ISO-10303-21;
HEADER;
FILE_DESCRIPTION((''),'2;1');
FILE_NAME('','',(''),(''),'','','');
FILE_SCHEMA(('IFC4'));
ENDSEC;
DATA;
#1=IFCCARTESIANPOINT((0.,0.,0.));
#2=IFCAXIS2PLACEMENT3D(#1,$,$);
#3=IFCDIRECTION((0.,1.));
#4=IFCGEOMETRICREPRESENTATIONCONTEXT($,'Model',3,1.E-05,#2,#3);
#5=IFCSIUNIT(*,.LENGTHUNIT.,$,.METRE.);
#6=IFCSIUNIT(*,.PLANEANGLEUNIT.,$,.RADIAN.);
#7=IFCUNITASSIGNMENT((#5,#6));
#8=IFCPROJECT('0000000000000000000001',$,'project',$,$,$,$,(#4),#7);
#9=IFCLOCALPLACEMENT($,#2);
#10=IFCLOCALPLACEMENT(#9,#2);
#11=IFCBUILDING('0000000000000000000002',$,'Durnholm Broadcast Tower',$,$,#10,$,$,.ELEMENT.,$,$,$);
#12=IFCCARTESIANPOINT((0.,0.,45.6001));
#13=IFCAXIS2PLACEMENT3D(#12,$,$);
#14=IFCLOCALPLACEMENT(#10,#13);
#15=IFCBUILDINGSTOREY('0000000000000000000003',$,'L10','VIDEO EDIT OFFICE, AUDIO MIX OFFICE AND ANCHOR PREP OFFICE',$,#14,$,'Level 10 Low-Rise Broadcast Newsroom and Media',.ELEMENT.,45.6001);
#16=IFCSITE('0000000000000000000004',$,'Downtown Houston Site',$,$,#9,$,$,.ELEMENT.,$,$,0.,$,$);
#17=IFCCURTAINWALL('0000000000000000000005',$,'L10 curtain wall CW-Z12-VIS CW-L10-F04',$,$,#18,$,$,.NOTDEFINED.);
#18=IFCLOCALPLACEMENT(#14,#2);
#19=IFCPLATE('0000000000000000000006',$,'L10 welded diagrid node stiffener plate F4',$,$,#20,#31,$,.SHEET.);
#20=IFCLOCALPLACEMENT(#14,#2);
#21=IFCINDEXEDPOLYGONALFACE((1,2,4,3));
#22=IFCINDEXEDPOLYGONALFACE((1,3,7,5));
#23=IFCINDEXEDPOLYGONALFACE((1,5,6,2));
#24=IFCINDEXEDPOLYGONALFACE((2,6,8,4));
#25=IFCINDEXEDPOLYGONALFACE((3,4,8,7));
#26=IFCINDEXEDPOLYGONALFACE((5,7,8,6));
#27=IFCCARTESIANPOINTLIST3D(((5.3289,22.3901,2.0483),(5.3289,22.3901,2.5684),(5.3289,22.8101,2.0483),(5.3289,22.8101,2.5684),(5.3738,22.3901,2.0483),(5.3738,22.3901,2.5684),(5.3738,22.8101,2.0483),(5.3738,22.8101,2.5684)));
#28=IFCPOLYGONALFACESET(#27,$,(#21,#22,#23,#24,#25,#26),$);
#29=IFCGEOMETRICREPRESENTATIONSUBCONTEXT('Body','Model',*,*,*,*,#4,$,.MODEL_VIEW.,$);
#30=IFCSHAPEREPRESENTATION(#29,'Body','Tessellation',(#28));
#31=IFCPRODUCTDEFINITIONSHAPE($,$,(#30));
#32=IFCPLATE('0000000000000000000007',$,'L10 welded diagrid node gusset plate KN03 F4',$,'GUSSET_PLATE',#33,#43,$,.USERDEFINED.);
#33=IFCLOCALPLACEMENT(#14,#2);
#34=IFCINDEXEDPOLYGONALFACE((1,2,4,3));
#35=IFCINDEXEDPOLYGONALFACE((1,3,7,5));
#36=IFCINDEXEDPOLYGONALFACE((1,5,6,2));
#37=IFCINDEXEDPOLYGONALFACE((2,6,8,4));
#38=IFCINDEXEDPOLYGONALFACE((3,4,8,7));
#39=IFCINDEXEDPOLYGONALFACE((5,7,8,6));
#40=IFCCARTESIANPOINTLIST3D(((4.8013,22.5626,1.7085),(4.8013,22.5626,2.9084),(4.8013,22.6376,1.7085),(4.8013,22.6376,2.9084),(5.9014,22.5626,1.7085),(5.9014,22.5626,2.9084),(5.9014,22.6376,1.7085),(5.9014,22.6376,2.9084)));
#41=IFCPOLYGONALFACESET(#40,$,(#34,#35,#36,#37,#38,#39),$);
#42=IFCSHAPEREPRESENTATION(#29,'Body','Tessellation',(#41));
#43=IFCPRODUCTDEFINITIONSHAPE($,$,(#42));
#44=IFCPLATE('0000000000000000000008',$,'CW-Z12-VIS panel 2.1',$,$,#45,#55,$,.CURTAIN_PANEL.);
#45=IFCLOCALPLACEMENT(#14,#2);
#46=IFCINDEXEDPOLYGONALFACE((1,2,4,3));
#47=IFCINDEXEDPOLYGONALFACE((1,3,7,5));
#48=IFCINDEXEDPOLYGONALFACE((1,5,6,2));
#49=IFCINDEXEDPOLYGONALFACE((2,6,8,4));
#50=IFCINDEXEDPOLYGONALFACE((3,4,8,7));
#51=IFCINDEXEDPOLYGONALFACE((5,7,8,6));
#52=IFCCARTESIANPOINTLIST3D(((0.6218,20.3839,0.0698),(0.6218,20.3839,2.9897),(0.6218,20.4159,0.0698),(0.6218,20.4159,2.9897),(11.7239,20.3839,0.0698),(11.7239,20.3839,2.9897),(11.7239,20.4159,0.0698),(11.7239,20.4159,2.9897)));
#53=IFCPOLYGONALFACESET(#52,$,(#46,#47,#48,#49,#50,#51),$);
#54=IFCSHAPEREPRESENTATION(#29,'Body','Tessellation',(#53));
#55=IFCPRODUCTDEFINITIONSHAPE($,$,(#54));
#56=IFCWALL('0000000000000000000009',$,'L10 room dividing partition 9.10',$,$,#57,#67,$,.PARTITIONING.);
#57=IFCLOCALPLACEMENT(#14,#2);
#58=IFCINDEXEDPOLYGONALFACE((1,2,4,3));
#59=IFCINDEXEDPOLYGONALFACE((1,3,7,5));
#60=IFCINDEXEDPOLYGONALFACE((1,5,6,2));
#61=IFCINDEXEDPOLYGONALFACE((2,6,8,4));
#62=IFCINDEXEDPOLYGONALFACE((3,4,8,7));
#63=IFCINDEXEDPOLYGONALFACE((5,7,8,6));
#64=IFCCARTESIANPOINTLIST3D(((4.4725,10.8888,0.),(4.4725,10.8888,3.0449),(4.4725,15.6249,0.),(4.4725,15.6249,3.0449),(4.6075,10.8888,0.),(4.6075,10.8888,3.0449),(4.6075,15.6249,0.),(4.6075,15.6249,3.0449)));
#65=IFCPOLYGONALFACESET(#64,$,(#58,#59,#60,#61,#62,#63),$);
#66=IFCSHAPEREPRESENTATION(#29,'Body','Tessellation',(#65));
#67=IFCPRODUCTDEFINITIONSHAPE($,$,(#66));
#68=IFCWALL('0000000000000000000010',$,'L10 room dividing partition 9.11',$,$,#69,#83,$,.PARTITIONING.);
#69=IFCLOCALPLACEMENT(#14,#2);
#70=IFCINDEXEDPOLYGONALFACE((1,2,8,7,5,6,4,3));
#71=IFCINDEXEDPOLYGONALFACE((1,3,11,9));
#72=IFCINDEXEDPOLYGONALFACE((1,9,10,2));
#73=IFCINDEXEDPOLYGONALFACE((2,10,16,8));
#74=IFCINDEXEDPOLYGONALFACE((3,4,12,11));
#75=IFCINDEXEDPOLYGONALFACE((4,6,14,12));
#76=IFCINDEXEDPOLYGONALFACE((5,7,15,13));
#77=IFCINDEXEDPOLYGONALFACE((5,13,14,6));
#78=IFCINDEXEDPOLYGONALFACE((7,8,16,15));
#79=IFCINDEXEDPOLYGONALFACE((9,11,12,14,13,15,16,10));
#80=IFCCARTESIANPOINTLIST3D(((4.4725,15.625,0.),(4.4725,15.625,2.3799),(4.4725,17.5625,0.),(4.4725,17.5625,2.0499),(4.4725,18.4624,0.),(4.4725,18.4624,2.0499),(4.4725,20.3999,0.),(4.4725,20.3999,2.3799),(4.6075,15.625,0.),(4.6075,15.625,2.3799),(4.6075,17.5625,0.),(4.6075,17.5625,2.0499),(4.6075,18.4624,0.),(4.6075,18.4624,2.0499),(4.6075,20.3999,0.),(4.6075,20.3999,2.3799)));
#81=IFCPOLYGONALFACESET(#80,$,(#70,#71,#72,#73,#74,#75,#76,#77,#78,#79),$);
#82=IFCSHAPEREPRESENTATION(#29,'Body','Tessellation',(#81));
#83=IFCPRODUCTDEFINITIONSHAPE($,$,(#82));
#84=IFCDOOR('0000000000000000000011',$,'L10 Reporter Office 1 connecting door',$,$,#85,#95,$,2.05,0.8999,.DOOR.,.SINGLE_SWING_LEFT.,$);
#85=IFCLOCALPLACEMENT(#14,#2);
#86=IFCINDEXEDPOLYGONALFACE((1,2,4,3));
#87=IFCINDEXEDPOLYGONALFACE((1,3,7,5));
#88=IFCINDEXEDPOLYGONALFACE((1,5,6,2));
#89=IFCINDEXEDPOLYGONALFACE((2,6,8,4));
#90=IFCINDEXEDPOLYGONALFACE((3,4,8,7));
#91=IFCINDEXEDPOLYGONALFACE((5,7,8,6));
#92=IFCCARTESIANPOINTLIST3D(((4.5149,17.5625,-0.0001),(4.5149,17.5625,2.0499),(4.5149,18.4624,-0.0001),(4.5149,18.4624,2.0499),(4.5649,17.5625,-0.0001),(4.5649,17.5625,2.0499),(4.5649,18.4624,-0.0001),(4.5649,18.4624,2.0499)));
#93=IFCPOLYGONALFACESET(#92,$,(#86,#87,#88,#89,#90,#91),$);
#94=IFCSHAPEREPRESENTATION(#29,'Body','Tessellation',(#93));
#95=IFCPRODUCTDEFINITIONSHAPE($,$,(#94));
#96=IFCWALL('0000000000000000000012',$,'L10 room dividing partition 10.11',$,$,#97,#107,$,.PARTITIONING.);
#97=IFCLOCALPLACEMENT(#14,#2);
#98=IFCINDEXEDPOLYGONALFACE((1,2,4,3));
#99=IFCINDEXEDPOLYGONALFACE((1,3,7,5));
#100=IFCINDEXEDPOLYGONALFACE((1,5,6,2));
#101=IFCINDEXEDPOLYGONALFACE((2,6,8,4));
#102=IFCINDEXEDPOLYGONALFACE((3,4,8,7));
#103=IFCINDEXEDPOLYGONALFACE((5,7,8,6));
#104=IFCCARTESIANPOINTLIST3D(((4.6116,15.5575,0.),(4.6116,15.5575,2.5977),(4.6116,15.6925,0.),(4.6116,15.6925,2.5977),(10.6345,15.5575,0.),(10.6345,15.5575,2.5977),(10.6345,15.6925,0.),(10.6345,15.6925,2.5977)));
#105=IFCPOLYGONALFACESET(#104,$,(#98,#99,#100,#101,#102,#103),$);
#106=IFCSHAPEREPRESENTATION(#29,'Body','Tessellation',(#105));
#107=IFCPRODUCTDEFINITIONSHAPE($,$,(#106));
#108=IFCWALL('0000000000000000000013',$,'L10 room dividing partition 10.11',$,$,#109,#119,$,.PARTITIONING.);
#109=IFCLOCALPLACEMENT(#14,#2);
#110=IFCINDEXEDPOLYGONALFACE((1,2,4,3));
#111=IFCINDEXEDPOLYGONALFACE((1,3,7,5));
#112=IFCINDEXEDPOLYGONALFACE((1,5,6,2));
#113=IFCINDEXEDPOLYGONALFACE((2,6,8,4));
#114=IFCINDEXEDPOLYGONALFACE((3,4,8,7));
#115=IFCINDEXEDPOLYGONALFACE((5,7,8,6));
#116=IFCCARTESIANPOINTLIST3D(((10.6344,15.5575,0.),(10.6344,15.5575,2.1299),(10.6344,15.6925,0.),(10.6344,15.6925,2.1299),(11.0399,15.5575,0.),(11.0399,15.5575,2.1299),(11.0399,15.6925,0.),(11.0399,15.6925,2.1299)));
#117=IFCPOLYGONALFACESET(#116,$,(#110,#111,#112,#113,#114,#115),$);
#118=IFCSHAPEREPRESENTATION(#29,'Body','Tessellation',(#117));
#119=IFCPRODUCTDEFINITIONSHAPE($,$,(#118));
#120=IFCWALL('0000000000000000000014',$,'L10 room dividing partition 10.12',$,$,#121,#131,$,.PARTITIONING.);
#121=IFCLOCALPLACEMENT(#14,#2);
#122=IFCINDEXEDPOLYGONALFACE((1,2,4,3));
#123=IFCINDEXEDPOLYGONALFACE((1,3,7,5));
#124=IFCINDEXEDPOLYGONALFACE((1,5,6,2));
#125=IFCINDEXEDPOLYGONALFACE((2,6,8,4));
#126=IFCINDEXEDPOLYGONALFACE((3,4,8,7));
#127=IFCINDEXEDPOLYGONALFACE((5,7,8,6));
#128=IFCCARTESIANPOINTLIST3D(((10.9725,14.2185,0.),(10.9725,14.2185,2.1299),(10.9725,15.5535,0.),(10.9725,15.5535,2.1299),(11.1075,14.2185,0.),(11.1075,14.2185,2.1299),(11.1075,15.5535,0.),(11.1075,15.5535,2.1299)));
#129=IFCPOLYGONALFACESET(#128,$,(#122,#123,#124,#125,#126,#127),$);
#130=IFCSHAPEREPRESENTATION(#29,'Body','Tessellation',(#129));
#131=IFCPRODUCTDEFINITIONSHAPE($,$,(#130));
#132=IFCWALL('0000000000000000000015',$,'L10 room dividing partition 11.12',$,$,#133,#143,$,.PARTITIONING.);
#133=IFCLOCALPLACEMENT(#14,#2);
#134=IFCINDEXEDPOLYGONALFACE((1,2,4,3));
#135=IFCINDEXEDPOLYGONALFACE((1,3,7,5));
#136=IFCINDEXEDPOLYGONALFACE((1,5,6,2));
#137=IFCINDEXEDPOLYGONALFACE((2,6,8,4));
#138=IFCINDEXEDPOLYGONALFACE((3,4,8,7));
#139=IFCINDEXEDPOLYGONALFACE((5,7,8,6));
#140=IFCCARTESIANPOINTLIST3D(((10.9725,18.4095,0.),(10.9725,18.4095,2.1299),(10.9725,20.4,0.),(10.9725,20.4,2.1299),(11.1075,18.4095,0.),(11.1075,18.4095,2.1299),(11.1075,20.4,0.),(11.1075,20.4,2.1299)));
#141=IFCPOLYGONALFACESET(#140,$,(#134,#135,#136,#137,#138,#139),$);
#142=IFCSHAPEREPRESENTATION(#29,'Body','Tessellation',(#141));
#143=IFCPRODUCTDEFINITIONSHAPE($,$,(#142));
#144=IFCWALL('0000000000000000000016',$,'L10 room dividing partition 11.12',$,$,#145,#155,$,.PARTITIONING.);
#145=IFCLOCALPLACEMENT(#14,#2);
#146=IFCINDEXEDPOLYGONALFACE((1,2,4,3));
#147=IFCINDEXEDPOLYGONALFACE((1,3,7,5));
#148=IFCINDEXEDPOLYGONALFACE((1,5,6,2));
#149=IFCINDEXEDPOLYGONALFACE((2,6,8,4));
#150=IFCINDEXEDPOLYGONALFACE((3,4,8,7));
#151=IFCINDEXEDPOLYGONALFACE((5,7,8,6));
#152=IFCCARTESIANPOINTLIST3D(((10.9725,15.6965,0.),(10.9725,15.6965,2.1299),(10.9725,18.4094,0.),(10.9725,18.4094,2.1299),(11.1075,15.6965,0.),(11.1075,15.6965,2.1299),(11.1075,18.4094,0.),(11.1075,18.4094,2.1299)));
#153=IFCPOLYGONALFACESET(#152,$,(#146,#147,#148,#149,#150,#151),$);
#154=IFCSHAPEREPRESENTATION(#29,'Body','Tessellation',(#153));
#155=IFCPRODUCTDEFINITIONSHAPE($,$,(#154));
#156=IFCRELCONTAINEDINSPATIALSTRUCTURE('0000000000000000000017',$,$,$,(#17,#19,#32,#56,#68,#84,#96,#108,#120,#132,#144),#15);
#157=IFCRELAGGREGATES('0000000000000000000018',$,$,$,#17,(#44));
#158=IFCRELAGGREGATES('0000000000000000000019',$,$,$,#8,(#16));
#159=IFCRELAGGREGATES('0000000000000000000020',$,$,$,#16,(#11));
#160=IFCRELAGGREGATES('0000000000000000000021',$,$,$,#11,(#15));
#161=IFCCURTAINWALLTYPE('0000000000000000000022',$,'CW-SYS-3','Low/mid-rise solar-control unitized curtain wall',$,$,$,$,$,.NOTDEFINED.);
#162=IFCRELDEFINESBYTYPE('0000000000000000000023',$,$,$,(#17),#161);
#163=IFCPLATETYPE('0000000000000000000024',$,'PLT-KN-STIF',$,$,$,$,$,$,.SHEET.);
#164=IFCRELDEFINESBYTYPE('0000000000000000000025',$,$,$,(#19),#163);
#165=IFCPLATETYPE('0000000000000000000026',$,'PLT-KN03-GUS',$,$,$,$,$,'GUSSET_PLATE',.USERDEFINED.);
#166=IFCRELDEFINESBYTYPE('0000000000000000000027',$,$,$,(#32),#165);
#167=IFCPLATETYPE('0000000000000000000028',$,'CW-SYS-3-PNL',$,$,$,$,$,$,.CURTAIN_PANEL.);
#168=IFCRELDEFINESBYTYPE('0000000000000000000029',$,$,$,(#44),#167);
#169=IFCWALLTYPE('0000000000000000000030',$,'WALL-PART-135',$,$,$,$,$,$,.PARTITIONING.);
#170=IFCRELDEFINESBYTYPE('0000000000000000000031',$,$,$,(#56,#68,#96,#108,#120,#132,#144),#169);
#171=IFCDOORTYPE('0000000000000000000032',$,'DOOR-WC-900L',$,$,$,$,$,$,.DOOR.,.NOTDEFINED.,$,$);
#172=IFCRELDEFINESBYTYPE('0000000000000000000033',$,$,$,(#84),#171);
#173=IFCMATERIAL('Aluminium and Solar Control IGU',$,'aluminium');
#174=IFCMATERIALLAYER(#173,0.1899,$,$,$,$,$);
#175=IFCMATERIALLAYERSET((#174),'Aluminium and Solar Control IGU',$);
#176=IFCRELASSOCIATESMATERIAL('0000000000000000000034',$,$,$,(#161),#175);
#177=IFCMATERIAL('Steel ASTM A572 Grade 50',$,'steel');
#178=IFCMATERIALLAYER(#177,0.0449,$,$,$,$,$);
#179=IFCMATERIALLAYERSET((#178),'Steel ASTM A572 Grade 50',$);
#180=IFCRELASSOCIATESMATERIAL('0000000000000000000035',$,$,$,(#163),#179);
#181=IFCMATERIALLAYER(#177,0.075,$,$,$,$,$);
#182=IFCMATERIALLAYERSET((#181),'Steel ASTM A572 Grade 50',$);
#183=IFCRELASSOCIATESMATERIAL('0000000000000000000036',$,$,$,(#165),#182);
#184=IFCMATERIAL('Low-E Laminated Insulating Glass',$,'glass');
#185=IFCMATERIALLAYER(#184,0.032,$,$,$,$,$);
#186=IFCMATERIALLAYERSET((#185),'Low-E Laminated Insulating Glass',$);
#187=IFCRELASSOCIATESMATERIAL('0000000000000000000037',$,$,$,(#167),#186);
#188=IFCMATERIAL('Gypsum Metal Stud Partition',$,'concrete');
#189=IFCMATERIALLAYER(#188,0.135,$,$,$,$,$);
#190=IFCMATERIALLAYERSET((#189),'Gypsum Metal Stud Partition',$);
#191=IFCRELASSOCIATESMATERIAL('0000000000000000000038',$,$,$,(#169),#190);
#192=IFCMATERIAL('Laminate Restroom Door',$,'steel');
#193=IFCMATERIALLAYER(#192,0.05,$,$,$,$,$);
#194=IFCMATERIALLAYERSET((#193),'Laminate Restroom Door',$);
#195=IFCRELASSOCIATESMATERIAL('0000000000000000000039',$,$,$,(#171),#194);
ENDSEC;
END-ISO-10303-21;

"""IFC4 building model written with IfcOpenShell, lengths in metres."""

from ifc_helpers import new_model, si_unit, direction, frame, frame_2d, origin, origin_2d, place, context, subcontext, project, spatial, rectangle, extrude, source, transform, mapped, material, layer, layer_set, type_object, type_shapes, element, fill, aggregate, save


model = new_model("IFC4")

# Units and contexts
model_context = context("Model", 3, precision=1e-05, world=origin(), true_north=direction((0.0, 1.0)))
body_context = subcontext(model_context, "Body", "Model", "MODEL_VIEW")
ifc_project = project(units=[si_unit("LENGTHUNIT", "METRE"), si_unit("PLANEANGLEUNIT", "RADIAN")], contexts=[model_context])

# Site, building, storey
site_placement = place(None, origin())
site = spatial("IfcSite", under=ifc_project, at=site_placement, Name="Downtown Houston Site", CompositionType="ELEMENT", RefElevation=0.0)
building_placement = place(site_placement, origin())
building = spatial("IfcBuilding", under=site, at=building_placement, Name="Durnholm Broadcast Tower", CompositionType="ELEMENT")
storey_placement = place(building_placement, frame((0.0, 0.0, 45.6001)))
storey = spatial("IfcBuildingStorey", under=building, at=storey_placement, Name="L10", Description="VIDEO EDIT OFFICE, AUDIO MIX OFFICE AND ANCHOR PREP OFFICE", LongName="Level 10 Low-Rise Broadcast Newsroom and Media", CompositionType="ELEMENT", Elevation=45.6001)

# Shared definitions
ifc_material_1 = material(Name="Aluminium and Solar Control IGU", Category="aluminium")

# Curtain wall
ifc_layer_1 = layer(ifc_material_1, 0.1899)
ifc_layer_set_1 = layer_set([ifc_layer_1], Name="Aluminium and Solar Control IGU")
curtain_wall_type_1 = type_object("IfcCurtainWallType", Name="CW-SYS-3", Description="Low/mid-rise solar-control unitized curtain wall", PredefinedType="NOTDEFINED", material=ifc_layer_set_1)
curtain_wall_1_placement = place(storey_placement, origin())
curtain_wall_1 = element("IfcCurtainWall", 1, at=curtain_wall_1_placement, inside=storey, type_object=curtain_wall_type_1, Name="L10 curtain wall CW-Z12-VIS CW-L10-F04", PredefinedType="NOTDEFINED")

# Plates
ifc_material_2 = material(Name="Steel ASTM A572 Grade 50", Category="steel")
ifc_layer_2 = layer(ifc_material_2, 0.0449)
ifc_layer_set_2 = layer_set([ifc_layer_2], Name="Steel ASTM A572 Grade 50")
plate_type_1 = type_object("IfcPlateType", Name="PLT-KN-STIF", PredefinedType="SHEET", material=ifc_layer_set_2)
shared_shape_1 = source(origin(), body_context, "Body", "SweptSolid", [
    extrude(rectangle(XDim=0.0449, YDim=0.4199, at=origin_2d()), origin(), (0.0, 0.0, 1.0), 0.52),
])
type_shapes(plate_type_1, [shared_shape_1])
plate_1_placement = place(storey_placement, frame((5.3513, 22.6001, 2.0483), z_axis=(0.0, 0.0, 1.0), x_axis=(-1.0, 0.0, 0.0)))
element("IfcPlate", 2, at=plate_1_placement, inside=storey, type_object=plate_type_1, Name="L10 welded diagrid node stiffener plate F4", PredefinedType="SHEET", context=body_context, shape_type="MappedRepresentation", body=[
    mapped(shared_shape_1, transform((0.0, 0.0, 0.0), x_axis=(1.0, 0.0, 0.0), y_axis=(0.0, 1.0, 0.0), z_axis=(0.0, 0.0, 1.0), scale=1.0)),
])
ifc_layer_3 = layer(ifc_material_2, 0.075)
ifc_layer_set_3 = layer_set([ifc_layer_3], Name="Steel ASTM A572 Grade 50")
plate_type_2 = type_object("IfcPlateType", Name="PLT-KN03-GUS", ElementType="GUSSET_PLATE", PredefinedType="USERDEFINED", material=ifc_layer_set_3)
shared_shape_2 = source(origin(), body_context, "Body", "SweptSolid", [
    extrude(rectangle(XDim=1.1001, YDim=0.075, at=origin_2d()), origin(), (0.0, 0.0, 1.0), 1.2),
])
type_shapes(plate_type_2, [shared_shape_2])
plate_2_placement = place(storey_placement, frame((5.3513, 22.6001, 1.7085), z_axis=(0.0, 0.0, 1.0), x_axis=(-1.0, 0.0, 0.0)))
element("IfcPlate", 3, at=plate_2_placement, inside=storey, type_object=plate_type_2, Name="L10 welded diagrid node gusset plate KN03 F4", ObjectType="GUSSET_PLATE", PredefinedType="USERDEFINED", context=body_context, shape_type="MappedRepresentation", body=[
    mapped(shared_shape_2, transform((0.0, 0.0, 0.0), x_axis=(1.0, 0.0, 0.0), y_axis=(0.0, 1.0, 0.0), z_axis=(0.0, 0.0, 1.0), scale=1.0)),
])

# Plate
ifc_material_3 = material(Name="Low-E Laminated Insulating Glass", Category="glass")
ifc_layer_4 = layer(ifc_material_3, 0.032)
ifc_layer_set_4 = layer_set([ifc_layer_4], Name="Low-E Laminated Insulating Glass")
plate_type_3 = type_object("IfcPlateType", Name="CW-SYS-3-PNL", PredefinedType="CURTAIN_PANEL", material=ifc_layer_set_4)
shared_shape_3 = source(origin(), body_context, "Body", "SweptSolid", [
    extrude(rectangle(XDim=11.1021, YDim=0.032, at=origin_2d()), origin(), (0.0, 0.0, 1.0), 2.9199),
])
type_shapes(plate_type_3, [shared_shape_3])
plate_3_placement = place(storey_placement, frame((6.1729, 20.3999, 0.0698), z_axis=(0.0, 0.0, 1.0), x_axis=(1.0, 0.0, 0.0)))
plate_3 = element("IfcPlate", 4, at=plate_3_placement, type_object=plate_type_3, Name="CW-Z12-VIS panel 2.1", PredefinedType="CURTAIN_PANEL", context=body_context, shape_type="MappedRepresentation", body=[
    mapped(shared_shape_3, transform((0.0, 0.0, 0.0), x_axis=(1.0, 0.0, 0.0), y_axis=(0.0, 1.0, 0.0), z_axis=(0.0, 0.0, 1.0), scale=1.0)),
])
aggregate(curtain_wall_1, [plate_3])

# Wall
ifc_material_4 = material(Name="Gypsum Metal Stud Partition", Category="concrete")
ifc_layer_5 = layer(ifc_material_4, 0.135)
ifc_layer_set_5 = layer_set([ifc_layer_5], Name="Gypsum Metal Stud Partition")
wall_type = type_object("IfcWallType", Name="WALL-PART-135", PredefinedType="PARTITIONING", material=ifc_layer_set_5)
wall_1_placement = place(storey_placement, frame((4.54, 15.625, 0.0), z_axis=(0.0, 0.0, 1.0), x_axis=(0.0, -1.0, 0.0)))
element("IfcWall", 5, at=wall_1_placement, inside=storey, type_object=wall_type, Name="L10 room dividing partition 9.10", PredefinedType="PARTITIONING", context=body_context, shape_type="SweptSolid", body=[
    extrude(rectangle(XDim=4.7361, YDim=0.135, at=frame_2d((2.3682, 0.0))), origin(), (0.0, 0.0, 1.0), 3.0449),
])

# Wall, opening, door
wall_2_placement = place(storey_placement, frame((4.54, 20.3999, 0.0), z_axis=(0.0, 0.0, 1.0), x_axis=(0.0, -1.0, 0.0)))
wall_2 = element("IfcWall", 6, at=wall_2_placement, inside=storey, type_object=wall_type, Name="L10 room dividing partition 9.11", PredefinedType="PARTITIONING", context=body_context, shape_type="SweptSolid", body=[
    extrude(rectangle(XDim=4.7749, YDim=0.135, at=frame_2d((2.3875, 0.0))), origin(), (0.0, 0.0, 1.0), 2.3799),
])
opening_placement = place(wall_2_placement, frame((1.9375, 0.0, 0.0)))
opening = element("IfcOpeningElement", 7, at=opening_placement, cuts=wall_2, PredefinedType="OPENING", context=body_context, shape_type="SweptSolid", body=[
    extrude(rectangle(XDim=0.8999, YDim=2.05, at=frame_2d((0.45, 1.0249))), frame((0.0, 0.0776, 0.0), z_axis=(0.0, -1.0, 0.0), x_axis=(1.0, 0.0, 0.0)), (0.0, 0.0, 1.0), 0.155),
])
ifc_material_5 = material(Name="Laminate Restroom Door", Category="steel")
ifc_layer_6 = layer(ifc_material_5, 0.05)
ifc_layer_set_6 = layer_set([ifc_layer_6], Name="Laminate Restroom Door")
door_type = type_object("IfcDoorType", Name="DOOR-WC-900L", OperationType="NOTDEFINED", PredefinedType="DOOR", material=ifc_layer_set_6)
shared_shape_4 = source(origin(), body_context, "Body", "SweptSolid", [
    extrude(rectangle(XDim=0.8999, YDim=2.05, at=frame_2d((0.45, 1.0249))), frame((0.0, 0.0249, 0.0), z_axis=(0.0, -1.0, 0.0), x_axis=(1.0, 0.0, 0.0)), (0.0, 0.0, 1.0), 0.05),
])
type_shapes(door_type, [shared_shape_4])
door_placement = place(opening_placement, origin())
door = element("IfcDoor", 8, at=door_placement, inside=storey, type_object=door_type, Name="L10 Reporter Office 1 connecting door", OperationType="SINGLE_SWING_LEFT", OverallHeight=2.05, OverallWidth=0.8999, PredefinedType="DOOR", context=body_context, shape_type="MappedRepresentation", body=[
    mapped(shared_shape_4, transform((0.0, 0.0, 0.0), x_axis=(1.0, 0.0, 0.0), y_axis=(0.0, 1.0, 0.0), z_axis=(0.0, 0.0, 1.0), scale=1.0)),
])
fill(opening, door)

# Walls
wall_3_placement = place(storey_placement, frame((4.6116, 15.625, 0.0), z_axis=(0.0, 0.0, 1.0), x_axis=(1.0, 0.0, 0.0)))
element("IfcWall", 9, at=wall_3_placement, inside=storey, type_object=wall_type, Name="L10 room dividing partition 10.11", PredefinedType="PARTITIONING", context=body_context, shape_type="SweptSolid", body=[
    extrude(rectangle(XDim=6.0229, YDim=0.135, at=frame_2d((3.0115, 0.0))), origin(), (0.0, 0.0, 1.0), 2.5977),
])
wall_4_placement = place(storey_placement, frame((10.6345, 15.625, 0.0), z_axis=(0.0, 0.0, 1.0), x_axis=(1.0, 0.0, 0.0)))
element("IfcWall", 10, at=wall_4_placement, inside=storey, type_object=wall_type, Name="L10 room dividing partition 10.11", PredefinedType="PARTITIONING", context=body_context, shape_type="SweptSolid", body=[
    extrude(rectangle(XDim=0.4055, YDim=0.135, at=frame_2d((0.2026, 0.0))), origin(), (0.0, 0.0, 1.0), 2.1299),
])
wall_5_placement = place(storey_placement, frame((11.04, 15.5535, 0.0), z_axis=(0.0, 0.0, 1.0), x_axis=(0.0, -1.0, 0.0)))
element("IfcWall", 11, at=wall_5_placement, inside=storey, type_object=wall_type, Name="L10 room dividing partition 10.12", PredefinedType="PARTITIONING", context=body_context, shape_type="SweptSolid", body=[
    extrude(rectangle(XDim=1.335, YDim=0.135, at=frame_2d((0.6675, 0.0))), origin(), (0.0, 0.0, 1.0), 2.1299),
])
wall_6_placement = place(storey_placement, frame((11.04, 20.3999, 0.0), z_axis=(0.0, 0.0, 1.0), x_axis=(0.0, -1.0, 0.0)))
element("IfcWall", 12, at=wall_6_placement, inside=storey, type_object=wall_type, Name="L10 room dividing partition 11.12", PredefinedType="PARTITIONING", context=body_context, shape_type="SweptSolid", body=[
    extrude(rectangle(XDim=1.9905, YDim=0.135, at=frame_2d((0.9951, 0.0))), origin(), (0.0, 0.0, 1.0), 2.1299),
])
wall_7_placement = place(storey_placement, frame((11.04, 18.4094, 0.0), z_axis=(0.0, 0.0, 1.0), x_axis=(0.0, -1.0, 0.0)))
element("IfcWall", 13, at=wall_7_placement, inside=storey, type_object=wall_type, Name="L10 room dividing partition 11.12", PredefinedType="PARTITIONING", context=body_context, shape_type="SweptSolid", body=[
    extrude(rectangle(XDim=2.7129, YDim=0.135, at=frame_2d((1.3564, 0.0))), origin(), (0.0, 0.0, 1.0), 2.1299),
])

save(model, "model.ifc")
